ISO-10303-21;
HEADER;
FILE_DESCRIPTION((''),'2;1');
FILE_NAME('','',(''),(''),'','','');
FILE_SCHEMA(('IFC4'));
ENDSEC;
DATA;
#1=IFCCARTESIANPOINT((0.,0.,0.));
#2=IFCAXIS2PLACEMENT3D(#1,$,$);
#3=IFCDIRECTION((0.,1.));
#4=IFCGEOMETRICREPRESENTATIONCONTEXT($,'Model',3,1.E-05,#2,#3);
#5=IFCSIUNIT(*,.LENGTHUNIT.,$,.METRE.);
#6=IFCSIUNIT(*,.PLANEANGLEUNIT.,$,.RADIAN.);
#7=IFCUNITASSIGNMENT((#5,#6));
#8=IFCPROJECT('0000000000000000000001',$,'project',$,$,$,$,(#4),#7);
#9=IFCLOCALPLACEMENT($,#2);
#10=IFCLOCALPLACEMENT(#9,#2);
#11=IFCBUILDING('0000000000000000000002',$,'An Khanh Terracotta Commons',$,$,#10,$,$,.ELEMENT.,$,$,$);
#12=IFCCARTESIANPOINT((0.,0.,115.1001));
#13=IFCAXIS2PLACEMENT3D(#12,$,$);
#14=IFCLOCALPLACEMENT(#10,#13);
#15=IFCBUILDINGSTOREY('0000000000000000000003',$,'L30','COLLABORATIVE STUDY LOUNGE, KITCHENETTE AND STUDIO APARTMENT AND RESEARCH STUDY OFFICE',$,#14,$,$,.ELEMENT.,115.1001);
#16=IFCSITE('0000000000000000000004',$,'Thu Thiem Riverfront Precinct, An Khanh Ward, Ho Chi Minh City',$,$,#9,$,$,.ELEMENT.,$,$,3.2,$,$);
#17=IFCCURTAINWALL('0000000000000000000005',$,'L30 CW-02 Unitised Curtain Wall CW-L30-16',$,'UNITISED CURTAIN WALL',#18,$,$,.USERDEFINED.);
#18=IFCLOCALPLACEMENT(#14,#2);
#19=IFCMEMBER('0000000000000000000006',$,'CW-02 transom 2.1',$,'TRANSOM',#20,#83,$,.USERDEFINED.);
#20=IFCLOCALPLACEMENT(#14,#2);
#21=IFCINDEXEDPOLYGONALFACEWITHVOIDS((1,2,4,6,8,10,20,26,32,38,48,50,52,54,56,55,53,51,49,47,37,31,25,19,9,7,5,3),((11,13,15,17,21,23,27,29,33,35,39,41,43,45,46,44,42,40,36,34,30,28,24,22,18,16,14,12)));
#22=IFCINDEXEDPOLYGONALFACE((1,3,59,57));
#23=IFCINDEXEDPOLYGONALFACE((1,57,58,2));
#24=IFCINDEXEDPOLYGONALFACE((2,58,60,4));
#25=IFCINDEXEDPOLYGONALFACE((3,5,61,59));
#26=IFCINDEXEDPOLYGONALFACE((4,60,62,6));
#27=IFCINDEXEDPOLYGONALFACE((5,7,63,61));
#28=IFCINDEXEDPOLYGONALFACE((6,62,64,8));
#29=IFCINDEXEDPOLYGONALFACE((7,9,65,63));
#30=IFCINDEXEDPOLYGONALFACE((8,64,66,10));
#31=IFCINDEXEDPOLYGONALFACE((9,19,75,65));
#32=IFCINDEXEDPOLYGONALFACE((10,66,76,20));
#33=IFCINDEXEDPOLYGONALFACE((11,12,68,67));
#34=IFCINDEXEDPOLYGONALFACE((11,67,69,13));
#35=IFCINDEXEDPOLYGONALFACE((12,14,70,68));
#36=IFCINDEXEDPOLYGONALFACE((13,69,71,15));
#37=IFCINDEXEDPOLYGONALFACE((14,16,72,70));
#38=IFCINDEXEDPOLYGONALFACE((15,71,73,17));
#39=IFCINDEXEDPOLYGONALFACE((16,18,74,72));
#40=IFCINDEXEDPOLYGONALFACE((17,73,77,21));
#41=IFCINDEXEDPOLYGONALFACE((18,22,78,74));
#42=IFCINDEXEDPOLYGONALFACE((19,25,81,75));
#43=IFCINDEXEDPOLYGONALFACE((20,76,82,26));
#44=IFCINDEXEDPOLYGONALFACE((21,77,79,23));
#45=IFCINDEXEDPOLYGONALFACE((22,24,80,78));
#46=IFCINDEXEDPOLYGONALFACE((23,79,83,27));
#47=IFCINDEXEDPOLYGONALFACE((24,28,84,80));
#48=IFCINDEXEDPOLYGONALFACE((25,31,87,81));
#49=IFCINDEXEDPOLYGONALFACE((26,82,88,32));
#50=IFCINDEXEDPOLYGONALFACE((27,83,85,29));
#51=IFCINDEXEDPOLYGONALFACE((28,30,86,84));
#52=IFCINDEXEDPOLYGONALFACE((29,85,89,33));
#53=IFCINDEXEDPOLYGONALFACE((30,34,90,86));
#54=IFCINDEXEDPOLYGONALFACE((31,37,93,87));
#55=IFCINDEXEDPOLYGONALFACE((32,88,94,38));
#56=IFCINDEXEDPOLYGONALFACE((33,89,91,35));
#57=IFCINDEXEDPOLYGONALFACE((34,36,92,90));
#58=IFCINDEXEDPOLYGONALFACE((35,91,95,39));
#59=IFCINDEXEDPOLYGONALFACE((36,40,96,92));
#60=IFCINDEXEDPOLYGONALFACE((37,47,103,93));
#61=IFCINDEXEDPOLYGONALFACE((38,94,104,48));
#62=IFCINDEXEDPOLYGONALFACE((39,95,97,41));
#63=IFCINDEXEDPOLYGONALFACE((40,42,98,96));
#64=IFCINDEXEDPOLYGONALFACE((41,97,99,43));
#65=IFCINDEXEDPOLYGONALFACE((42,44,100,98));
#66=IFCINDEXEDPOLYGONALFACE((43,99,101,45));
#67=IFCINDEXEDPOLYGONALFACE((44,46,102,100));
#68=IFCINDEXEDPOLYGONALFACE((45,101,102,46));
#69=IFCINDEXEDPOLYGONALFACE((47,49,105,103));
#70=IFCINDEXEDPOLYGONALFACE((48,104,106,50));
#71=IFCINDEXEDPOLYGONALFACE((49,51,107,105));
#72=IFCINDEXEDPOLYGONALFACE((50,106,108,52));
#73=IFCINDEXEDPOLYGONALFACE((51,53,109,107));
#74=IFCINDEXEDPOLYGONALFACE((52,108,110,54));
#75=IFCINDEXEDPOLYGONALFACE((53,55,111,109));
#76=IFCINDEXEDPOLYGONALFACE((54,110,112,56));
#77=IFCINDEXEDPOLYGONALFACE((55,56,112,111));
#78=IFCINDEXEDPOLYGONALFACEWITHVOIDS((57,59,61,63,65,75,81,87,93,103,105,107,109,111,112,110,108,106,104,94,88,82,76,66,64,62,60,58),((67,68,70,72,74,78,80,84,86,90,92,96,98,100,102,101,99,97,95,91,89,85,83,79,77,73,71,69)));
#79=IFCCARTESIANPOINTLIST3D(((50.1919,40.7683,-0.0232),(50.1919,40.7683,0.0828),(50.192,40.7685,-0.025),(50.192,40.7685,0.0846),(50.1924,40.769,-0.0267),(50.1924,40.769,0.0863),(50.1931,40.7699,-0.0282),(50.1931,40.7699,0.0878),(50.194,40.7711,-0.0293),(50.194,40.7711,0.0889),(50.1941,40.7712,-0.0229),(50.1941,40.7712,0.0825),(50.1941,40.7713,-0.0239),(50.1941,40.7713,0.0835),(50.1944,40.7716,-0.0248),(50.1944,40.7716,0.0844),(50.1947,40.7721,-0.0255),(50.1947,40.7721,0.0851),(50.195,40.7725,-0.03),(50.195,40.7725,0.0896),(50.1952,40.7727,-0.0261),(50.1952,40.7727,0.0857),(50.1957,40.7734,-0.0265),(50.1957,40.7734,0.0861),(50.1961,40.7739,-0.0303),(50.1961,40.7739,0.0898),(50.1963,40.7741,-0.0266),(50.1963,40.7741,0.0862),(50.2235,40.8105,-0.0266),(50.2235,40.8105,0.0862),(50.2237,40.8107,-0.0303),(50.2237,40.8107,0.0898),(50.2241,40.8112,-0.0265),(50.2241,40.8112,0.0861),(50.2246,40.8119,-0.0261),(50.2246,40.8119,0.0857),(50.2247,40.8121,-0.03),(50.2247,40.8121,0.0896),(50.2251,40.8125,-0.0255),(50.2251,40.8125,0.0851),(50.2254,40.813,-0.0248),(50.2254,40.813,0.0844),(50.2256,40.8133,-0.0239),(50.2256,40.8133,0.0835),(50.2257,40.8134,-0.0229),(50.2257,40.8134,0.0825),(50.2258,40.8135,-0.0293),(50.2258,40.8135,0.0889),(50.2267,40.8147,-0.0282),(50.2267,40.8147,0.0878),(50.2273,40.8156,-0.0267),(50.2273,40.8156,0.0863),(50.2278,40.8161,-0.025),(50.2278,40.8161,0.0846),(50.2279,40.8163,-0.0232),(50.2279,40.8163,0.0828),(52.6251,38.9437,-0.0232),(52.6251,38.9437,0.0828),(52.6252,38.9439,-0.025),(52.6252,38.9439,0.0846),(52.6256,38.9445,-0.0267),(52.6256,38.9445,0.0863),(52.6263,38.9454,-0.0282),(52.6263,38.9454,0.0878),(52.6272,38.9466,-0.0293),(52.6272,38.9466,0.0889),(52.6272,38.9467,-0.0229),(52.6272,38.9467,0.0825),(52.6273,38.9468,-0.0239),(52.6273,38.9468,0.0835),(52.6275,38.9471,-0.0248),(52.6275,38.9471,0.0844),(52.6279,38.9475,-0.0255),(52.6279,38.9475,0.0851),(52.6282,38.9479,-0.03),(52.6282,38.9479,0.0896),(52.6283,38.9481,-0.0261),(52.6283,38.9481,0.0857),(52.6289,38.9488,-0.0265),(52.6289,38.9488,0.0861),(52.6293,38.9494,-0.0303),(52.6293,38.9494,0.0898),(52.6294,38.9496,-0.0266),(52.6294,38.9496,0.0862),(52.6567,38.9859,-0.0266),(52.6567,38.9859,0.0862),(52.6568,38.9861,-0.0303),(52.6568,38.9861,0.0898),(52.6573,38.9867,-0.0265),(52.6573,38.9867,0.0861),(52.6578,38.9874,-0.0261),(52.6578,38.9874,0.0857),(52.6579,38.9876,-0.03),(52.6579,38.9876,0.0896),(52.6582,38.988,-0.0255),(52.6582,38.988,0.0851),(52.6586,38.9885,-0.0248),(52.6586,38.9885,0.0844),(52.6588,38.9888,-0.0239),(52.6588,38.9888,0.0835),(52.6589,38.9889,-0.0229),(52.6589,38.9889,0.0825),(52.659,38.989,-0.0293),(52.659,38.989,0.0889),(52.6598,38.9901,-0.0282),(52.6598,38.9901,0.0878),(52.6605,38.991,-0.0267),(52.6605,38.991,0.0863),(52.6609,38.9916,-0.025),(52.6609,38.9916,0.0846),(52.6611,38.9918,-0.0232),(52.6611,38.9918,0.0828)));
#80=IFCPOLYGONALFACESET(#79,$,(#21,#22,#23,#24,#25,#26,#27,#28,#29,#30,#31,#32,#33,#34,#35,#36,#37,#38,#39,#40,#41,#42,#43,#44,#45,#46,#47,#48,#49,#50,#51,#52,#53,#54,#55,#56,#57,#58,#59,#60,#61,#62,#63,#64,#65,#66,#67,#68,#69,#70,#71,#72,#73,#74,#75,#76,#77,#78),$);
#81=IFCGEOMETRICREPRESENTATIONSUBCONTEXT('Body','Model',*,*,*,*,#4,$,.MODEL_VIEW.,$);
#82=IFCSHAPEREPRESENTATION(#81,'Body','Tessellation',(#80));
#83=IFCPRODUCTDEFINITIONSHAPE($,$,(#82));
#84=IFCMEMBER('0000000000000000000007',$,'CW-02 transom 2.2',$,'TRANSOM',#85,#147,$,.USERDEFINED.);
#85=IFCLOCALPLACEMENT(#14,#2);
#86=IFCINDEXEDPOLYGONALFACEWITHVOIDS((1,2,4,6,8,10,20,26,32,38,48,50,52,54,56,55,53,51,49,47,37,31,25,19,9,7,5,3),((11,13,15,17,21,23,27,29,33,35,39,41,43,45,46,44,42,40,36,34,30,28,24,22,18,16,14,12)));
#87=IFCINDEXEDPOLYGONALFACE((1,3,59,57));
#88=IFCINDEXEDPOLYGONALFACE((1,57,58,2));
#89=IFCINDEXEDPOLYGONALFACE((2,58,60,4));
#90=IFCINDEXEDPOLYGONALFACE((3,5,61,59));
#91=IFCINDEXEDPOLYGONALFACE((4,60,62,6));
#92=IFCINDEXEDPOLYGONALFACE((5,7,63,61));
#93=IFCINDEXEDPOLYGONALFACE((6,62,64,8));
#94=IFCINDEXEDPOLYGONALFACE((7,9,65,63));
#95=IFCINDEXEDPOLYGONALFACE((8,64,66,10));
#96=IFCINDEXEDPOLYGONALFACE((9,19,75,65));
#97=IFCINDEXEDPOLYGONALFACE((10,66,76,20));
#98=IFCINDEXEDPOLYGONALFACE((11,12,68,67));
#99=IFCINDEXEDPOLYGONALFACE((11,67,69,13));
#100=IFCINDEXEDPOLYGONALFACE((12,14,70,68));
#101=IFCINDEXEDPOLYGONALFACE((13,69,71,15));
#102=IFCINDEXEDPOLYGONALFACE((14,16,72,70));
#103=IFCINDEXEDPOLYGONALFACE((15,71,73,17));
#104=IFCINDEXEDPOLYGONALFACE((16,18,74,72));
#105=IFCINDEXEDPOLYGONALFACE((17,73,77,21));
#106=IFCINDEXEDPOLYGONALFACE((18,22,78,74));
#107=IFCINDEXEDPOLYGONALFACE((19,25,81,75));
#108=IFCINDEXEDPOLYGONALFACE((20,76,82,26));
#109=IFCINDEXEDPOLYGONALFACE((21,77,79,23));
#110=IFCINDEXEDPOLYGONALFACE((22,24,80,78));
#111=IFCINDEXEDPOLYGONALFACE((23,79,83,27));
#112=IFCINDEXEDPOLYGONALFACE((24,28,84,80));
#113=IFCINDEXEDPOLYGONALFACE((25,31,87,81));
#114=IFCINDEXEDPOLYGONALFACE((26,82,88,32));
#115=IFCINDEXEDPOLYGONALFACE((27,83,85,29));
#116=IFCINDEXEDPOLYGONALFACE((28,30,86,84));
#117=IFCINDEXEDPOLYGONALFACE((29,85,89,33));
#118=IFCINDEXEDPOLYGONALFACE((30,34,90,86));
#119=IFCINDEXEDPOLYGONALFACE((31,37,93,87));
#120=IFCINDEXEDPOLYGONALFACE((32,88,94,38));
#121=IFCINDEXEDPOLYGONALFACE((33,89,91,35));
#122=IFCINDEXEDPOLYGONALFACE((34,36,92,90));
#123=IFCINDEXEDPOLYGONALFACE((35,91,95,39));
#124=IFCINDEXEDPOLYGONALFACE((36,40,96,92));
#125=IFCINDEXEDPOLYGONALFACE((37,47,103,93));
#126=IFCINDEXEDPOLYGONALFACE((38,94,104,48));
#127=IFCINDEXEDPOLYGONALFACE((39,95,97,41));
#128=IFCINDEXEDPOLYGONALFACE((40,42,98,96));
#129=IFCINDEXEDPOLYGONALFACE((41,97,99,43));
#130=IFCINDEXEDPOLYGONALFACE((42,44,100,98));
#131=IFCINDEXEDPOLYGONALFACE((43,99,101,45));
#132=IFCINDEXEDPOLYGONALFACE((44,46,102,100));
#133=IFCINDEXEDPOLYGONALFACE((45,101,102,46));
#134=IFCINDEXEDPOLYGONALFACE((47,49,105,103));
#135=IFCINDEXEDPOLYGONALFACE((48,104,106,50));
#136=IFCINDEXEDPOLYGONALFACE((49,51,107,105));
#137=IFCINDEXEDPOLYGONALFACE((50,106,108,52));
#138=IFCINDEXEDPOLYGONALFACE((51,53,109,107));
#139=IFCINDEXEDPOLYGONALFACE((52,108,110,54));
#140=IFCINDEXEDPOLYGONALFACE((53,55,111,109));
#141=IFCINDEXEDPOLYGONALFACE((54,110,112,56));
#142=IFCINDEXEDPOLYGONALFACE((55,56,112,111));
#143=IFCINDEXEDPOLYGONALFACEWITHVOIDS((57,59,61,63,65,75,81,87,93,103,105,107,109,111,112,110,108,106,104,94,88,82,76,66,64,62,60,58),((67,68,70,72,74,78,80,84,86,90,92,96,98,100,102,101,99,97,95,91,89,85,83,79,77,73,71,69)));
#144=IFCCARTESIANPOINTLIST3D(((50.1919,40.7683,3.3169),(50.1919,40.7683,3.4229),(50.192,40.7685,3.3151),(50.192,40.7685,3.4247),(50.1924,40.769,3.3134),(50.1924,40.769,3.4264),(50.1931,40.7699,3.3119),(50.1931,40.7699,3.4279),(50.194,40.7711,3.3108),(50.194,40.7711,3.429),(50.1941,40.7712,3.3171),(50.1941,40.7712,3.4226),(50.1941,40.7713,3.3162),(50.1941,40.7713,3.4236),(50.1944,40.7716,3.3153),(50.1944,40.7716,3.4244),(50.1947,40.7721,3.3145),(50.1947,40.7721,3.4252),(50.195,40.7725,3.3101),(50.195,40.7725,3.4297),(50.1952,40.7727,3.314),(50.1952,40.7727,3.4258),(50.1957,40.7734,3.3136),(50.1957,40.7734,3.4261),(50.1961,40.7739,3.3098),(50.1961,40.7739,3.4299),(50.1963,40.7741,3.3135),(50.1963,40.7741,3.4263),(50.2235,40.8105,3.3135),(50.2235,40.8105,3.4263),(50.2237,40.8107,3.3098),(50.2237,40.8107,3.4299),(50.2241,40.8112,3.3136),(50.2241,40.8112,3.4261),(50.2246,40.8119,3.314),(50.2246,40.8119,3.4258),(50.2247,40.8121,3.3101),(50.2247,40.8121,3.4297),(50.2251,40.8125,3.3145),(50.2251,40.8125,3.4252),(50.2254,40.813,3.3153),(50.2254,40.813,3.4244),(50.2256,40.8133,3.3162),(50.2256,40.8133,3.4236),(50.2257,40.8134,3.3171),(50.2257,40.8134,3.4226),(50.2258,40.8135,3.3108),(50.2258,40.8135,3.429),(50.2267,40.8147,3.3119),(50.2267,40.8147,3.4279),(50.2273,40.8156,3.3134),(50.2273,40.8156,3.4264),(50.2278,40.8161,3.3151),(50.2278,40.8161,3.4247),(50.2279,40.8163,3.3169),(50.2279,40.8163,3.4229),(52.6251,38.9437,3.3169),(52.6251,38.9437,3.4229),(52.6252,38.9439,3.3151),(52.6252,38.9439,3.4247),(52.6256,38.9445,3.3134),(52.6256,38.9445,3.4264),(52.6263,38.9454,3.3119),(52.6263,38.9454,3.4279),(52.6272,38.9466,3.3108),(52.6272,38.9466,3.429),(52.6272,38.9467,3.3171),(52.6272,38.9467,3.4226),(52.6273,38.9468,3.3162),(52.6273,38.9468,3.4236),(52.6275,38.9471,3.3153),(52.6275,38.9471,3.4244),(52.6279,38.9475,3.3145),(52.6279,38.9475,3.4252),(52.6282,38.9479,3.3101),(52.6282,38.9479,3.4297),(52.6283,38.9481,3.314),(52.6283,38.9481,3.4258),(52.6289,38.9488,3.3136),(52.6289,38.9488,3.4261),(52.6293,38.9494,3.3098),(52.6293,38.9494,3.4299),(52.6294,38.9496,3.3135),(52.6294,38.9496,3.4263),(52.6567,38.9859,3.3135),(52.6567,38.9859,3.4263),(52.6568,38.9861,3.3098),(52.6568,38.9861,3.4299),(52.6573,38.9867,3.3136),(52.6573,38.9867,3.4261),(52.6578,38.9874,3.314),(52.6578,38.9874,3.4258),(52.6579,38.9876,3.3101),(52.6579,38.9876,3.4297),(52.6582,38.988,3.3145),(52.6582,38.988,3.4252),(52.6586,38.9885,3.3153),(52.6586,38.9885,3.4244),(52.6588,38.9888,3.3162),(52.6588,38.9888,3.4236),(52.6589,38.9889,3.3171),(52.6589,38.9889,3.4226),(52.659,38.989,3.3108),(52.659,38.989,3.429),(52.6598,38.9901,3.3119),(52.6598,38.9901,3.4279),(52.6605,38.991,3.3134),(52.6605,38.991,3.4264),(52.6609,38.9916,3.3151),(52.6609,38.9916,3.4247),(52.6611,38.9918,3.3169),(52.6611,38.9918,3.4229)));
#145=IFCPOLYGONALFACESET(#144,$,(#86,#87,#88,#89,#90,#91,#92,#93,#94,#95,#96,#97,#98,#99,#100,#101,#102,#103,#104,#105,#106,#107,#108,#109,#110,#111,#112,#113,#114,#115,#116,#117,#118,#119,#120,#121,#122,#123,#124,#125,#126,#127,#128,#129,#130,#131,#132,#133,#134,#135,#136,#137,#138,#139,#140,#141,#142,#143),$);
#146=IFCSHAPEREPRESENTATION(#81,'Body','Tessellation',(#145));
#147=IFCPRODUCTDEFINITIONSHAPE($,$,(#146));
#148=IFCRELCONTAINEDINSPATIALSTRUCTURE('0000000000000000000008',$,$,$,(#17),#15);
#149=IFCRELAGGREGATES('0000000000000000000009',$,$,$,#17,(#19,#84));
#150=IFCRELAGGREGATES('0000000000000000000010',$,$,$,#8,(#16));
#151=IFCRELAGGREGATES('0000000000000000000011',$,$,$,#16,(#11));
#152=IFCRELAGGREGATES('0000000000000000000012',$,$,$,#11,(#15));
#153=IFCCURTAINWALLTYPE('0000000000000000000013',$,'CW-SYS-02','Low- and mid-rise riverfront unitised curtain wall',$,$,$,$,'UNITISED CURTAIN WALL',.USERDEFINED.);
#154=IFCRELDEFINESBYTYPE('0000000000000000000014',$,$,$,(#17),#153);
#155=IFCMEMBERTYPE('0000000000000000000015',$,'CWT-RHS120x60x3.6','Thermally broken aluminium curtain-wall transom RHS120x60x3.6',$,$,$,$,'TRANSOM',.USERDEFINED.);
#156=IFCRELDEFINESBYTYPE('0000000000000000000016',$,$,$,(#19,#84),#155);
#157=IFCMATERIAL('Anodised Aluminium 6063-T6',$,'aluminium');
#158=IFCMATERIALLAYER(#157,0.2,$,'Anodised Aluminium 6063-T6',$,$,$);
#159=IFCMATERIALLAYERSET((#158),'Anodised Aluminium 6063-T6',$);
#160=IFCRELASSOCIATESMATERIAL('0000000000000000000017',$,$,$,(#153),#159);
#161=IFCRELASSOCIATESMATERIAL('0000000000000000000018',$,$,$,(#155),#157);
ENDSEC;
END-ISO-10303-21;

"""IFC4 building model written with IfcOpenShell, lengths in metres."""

from ifc_helpers import new_model, si_unit, direction, frame, origin, origin_2d, place, context, subcontext, project, spatial, hollow_rectangle, extrude, material, layer, layer_set, material_profile, profile_set, type_object, element, aggregate, save


model = new_model("IFC4")

# Units and contexts
model_context = context("Model", 3, precision=1e-05, world=origin(), true_north=direction((0.0, 1.0)))
body_context = subcontext(model_context, "Body", "Model", "MODEL_VIEW")
ifc_project = project(units=[si_unit("LENGTHUNIT", "METRE"), si_unit("PLANEANGLEUNIT", "RADIAN")], contexts=[model_context])

# Site, building, storey
site_placement = place(None, origin())
site = spatial("IfcSite", under=ifc_project, at=site_placement, Name="Thu Thiem Riverfront Precinct, An Khanh Ward, Ho Chi Minh City", CompositionType="ELEMENT", RefElevation=3.2)
building_placement = place(site_placement, origin())
building = spatial("IfcBuilding", under=site, at=building_placement, Name="An Khanh Terracotta Commons", CompositionType="ELEMENT")
storey_placement = place(building_placement, frame((0.0, 0.0, 115.1001)))
storey = spatial("IfcBuildingStorey", under=building, at=storey_placement, Name="L30", Description="COLLABORATIVE STUDY LOUNGE, KITCHENETTE AND STUDIO APARTMENT AND RESEARCH STUDY OFFICE", CompositionType="ELEMENT", Elevation=115.1001)

# Curtain wall, members
ifc_material_1 = material(Name="Anodised Aluminium 6063-T6", Category="aluminium")
ifc_layer_1 = layer(ifc_material_1, 0.2, Name="Anodised Aluminium 6063-T6")
ifc_layer_set_1 = layer_set([ifc_layer_1], Name="Anodised Aluminium 6063-T6")
curtain_wall_type_1 = type_object("IfcCurtainWallType", Name="CW-SYS-02", Description="Low- and mid-rise riverfront unitised curtain wall", ElementType="UNITISED CURTAIN WALL", PredefinedType="USERDEFINED", material=ifc_layer_set_1)
curtain_wall_1_placement = place(storey_placement, origin())
curtain_wall_1 = element("IfcCurtainWall", 1, at=curtain_wall_1_placement, inside=storey, type_object=curtain_wall_type_1, Name="L30 CW-02 Unitised Curtain Wall CW-L30-16", ObjectType="UNITISED CURTAIN WALL", PredefinedType="USERDEFINED")
ifc_material_profile_1 = material_profile(ifc_material_1, hollow_rectangle(XDim=0.0601, YDim=0.1201, WallThickness=0.0037, InnerFilletRadius=0.0037, OuterFilletRadius=0.0071, at=origin_2d()), Name="RHS120x60x3.6")
ifc_profile_set_1 = profile_set([ifc_material_profile_1], Name="Anodised Aluminium 6063-T6")
member_type_1 = type_object("IfcMemberType", Name="CWT-RHS120x60x3.6", Description="Thermally broken aluminium curtain-wall transom RHS120x60x3.6", ElementType="TRANSOM", PredefinedType="USERDEFINED", material=ifc_profile_set_1)
member_1_placement = place(storey_placement, frame((52.6431, 38.9678, 0.0298), z_axis=(-0.800058, 0.599923, 0.0), x_axis=(-0.599923, -0.800058, 0.0)))
member_1 = element("IfcMember", 2, at=member_1_placement, type_object=member_type_1, Name="CW-02 transom 2.1", ObjectType="TRANSOM", PredefinedType="USERDEFINED", context=body_context, shape_type="SweptSolid", body=[
    extrude(hollow_rectangle(XDim=0.0601, YDim=0.1201, WallThickness=0.0037, InnerFilletRadius=0.0037, OuterFilletRadius=0.0071, at=origin_2d()), origin(), (0.0, 0.0, 1.0), 3.0413),
])
member_2_placement = place(storey_placement, frame((52.6431, 38.9678, 3.3699), z_axis=(-0.800058, 0.599923, 0.0), x_axis=(-0.599923, -0.800058, 0.0)))
member_2 = element("IfcMember", 3, at=member_2_placement, type_object=member_type_1, Name="CW-02 transom 2.2", ObjectType="TRANSOM", PredefinedType="USERDEFINED", context=body_context, shape_type="SweptSolid", body=[
    extrude(hollow_rectangle(XDim=0.0601, YDim=0.1201, WallThickness=0.0037, InnerFilletRadius=0.0037, OuterFilletRadius=0.0071, at=origin_2d()), origin(), (0.0, 0.0, 1.0), 3.0413),
])

aggregate(curtain_wall_1, [member_1, member_2])

save(model, "model.ifc")
